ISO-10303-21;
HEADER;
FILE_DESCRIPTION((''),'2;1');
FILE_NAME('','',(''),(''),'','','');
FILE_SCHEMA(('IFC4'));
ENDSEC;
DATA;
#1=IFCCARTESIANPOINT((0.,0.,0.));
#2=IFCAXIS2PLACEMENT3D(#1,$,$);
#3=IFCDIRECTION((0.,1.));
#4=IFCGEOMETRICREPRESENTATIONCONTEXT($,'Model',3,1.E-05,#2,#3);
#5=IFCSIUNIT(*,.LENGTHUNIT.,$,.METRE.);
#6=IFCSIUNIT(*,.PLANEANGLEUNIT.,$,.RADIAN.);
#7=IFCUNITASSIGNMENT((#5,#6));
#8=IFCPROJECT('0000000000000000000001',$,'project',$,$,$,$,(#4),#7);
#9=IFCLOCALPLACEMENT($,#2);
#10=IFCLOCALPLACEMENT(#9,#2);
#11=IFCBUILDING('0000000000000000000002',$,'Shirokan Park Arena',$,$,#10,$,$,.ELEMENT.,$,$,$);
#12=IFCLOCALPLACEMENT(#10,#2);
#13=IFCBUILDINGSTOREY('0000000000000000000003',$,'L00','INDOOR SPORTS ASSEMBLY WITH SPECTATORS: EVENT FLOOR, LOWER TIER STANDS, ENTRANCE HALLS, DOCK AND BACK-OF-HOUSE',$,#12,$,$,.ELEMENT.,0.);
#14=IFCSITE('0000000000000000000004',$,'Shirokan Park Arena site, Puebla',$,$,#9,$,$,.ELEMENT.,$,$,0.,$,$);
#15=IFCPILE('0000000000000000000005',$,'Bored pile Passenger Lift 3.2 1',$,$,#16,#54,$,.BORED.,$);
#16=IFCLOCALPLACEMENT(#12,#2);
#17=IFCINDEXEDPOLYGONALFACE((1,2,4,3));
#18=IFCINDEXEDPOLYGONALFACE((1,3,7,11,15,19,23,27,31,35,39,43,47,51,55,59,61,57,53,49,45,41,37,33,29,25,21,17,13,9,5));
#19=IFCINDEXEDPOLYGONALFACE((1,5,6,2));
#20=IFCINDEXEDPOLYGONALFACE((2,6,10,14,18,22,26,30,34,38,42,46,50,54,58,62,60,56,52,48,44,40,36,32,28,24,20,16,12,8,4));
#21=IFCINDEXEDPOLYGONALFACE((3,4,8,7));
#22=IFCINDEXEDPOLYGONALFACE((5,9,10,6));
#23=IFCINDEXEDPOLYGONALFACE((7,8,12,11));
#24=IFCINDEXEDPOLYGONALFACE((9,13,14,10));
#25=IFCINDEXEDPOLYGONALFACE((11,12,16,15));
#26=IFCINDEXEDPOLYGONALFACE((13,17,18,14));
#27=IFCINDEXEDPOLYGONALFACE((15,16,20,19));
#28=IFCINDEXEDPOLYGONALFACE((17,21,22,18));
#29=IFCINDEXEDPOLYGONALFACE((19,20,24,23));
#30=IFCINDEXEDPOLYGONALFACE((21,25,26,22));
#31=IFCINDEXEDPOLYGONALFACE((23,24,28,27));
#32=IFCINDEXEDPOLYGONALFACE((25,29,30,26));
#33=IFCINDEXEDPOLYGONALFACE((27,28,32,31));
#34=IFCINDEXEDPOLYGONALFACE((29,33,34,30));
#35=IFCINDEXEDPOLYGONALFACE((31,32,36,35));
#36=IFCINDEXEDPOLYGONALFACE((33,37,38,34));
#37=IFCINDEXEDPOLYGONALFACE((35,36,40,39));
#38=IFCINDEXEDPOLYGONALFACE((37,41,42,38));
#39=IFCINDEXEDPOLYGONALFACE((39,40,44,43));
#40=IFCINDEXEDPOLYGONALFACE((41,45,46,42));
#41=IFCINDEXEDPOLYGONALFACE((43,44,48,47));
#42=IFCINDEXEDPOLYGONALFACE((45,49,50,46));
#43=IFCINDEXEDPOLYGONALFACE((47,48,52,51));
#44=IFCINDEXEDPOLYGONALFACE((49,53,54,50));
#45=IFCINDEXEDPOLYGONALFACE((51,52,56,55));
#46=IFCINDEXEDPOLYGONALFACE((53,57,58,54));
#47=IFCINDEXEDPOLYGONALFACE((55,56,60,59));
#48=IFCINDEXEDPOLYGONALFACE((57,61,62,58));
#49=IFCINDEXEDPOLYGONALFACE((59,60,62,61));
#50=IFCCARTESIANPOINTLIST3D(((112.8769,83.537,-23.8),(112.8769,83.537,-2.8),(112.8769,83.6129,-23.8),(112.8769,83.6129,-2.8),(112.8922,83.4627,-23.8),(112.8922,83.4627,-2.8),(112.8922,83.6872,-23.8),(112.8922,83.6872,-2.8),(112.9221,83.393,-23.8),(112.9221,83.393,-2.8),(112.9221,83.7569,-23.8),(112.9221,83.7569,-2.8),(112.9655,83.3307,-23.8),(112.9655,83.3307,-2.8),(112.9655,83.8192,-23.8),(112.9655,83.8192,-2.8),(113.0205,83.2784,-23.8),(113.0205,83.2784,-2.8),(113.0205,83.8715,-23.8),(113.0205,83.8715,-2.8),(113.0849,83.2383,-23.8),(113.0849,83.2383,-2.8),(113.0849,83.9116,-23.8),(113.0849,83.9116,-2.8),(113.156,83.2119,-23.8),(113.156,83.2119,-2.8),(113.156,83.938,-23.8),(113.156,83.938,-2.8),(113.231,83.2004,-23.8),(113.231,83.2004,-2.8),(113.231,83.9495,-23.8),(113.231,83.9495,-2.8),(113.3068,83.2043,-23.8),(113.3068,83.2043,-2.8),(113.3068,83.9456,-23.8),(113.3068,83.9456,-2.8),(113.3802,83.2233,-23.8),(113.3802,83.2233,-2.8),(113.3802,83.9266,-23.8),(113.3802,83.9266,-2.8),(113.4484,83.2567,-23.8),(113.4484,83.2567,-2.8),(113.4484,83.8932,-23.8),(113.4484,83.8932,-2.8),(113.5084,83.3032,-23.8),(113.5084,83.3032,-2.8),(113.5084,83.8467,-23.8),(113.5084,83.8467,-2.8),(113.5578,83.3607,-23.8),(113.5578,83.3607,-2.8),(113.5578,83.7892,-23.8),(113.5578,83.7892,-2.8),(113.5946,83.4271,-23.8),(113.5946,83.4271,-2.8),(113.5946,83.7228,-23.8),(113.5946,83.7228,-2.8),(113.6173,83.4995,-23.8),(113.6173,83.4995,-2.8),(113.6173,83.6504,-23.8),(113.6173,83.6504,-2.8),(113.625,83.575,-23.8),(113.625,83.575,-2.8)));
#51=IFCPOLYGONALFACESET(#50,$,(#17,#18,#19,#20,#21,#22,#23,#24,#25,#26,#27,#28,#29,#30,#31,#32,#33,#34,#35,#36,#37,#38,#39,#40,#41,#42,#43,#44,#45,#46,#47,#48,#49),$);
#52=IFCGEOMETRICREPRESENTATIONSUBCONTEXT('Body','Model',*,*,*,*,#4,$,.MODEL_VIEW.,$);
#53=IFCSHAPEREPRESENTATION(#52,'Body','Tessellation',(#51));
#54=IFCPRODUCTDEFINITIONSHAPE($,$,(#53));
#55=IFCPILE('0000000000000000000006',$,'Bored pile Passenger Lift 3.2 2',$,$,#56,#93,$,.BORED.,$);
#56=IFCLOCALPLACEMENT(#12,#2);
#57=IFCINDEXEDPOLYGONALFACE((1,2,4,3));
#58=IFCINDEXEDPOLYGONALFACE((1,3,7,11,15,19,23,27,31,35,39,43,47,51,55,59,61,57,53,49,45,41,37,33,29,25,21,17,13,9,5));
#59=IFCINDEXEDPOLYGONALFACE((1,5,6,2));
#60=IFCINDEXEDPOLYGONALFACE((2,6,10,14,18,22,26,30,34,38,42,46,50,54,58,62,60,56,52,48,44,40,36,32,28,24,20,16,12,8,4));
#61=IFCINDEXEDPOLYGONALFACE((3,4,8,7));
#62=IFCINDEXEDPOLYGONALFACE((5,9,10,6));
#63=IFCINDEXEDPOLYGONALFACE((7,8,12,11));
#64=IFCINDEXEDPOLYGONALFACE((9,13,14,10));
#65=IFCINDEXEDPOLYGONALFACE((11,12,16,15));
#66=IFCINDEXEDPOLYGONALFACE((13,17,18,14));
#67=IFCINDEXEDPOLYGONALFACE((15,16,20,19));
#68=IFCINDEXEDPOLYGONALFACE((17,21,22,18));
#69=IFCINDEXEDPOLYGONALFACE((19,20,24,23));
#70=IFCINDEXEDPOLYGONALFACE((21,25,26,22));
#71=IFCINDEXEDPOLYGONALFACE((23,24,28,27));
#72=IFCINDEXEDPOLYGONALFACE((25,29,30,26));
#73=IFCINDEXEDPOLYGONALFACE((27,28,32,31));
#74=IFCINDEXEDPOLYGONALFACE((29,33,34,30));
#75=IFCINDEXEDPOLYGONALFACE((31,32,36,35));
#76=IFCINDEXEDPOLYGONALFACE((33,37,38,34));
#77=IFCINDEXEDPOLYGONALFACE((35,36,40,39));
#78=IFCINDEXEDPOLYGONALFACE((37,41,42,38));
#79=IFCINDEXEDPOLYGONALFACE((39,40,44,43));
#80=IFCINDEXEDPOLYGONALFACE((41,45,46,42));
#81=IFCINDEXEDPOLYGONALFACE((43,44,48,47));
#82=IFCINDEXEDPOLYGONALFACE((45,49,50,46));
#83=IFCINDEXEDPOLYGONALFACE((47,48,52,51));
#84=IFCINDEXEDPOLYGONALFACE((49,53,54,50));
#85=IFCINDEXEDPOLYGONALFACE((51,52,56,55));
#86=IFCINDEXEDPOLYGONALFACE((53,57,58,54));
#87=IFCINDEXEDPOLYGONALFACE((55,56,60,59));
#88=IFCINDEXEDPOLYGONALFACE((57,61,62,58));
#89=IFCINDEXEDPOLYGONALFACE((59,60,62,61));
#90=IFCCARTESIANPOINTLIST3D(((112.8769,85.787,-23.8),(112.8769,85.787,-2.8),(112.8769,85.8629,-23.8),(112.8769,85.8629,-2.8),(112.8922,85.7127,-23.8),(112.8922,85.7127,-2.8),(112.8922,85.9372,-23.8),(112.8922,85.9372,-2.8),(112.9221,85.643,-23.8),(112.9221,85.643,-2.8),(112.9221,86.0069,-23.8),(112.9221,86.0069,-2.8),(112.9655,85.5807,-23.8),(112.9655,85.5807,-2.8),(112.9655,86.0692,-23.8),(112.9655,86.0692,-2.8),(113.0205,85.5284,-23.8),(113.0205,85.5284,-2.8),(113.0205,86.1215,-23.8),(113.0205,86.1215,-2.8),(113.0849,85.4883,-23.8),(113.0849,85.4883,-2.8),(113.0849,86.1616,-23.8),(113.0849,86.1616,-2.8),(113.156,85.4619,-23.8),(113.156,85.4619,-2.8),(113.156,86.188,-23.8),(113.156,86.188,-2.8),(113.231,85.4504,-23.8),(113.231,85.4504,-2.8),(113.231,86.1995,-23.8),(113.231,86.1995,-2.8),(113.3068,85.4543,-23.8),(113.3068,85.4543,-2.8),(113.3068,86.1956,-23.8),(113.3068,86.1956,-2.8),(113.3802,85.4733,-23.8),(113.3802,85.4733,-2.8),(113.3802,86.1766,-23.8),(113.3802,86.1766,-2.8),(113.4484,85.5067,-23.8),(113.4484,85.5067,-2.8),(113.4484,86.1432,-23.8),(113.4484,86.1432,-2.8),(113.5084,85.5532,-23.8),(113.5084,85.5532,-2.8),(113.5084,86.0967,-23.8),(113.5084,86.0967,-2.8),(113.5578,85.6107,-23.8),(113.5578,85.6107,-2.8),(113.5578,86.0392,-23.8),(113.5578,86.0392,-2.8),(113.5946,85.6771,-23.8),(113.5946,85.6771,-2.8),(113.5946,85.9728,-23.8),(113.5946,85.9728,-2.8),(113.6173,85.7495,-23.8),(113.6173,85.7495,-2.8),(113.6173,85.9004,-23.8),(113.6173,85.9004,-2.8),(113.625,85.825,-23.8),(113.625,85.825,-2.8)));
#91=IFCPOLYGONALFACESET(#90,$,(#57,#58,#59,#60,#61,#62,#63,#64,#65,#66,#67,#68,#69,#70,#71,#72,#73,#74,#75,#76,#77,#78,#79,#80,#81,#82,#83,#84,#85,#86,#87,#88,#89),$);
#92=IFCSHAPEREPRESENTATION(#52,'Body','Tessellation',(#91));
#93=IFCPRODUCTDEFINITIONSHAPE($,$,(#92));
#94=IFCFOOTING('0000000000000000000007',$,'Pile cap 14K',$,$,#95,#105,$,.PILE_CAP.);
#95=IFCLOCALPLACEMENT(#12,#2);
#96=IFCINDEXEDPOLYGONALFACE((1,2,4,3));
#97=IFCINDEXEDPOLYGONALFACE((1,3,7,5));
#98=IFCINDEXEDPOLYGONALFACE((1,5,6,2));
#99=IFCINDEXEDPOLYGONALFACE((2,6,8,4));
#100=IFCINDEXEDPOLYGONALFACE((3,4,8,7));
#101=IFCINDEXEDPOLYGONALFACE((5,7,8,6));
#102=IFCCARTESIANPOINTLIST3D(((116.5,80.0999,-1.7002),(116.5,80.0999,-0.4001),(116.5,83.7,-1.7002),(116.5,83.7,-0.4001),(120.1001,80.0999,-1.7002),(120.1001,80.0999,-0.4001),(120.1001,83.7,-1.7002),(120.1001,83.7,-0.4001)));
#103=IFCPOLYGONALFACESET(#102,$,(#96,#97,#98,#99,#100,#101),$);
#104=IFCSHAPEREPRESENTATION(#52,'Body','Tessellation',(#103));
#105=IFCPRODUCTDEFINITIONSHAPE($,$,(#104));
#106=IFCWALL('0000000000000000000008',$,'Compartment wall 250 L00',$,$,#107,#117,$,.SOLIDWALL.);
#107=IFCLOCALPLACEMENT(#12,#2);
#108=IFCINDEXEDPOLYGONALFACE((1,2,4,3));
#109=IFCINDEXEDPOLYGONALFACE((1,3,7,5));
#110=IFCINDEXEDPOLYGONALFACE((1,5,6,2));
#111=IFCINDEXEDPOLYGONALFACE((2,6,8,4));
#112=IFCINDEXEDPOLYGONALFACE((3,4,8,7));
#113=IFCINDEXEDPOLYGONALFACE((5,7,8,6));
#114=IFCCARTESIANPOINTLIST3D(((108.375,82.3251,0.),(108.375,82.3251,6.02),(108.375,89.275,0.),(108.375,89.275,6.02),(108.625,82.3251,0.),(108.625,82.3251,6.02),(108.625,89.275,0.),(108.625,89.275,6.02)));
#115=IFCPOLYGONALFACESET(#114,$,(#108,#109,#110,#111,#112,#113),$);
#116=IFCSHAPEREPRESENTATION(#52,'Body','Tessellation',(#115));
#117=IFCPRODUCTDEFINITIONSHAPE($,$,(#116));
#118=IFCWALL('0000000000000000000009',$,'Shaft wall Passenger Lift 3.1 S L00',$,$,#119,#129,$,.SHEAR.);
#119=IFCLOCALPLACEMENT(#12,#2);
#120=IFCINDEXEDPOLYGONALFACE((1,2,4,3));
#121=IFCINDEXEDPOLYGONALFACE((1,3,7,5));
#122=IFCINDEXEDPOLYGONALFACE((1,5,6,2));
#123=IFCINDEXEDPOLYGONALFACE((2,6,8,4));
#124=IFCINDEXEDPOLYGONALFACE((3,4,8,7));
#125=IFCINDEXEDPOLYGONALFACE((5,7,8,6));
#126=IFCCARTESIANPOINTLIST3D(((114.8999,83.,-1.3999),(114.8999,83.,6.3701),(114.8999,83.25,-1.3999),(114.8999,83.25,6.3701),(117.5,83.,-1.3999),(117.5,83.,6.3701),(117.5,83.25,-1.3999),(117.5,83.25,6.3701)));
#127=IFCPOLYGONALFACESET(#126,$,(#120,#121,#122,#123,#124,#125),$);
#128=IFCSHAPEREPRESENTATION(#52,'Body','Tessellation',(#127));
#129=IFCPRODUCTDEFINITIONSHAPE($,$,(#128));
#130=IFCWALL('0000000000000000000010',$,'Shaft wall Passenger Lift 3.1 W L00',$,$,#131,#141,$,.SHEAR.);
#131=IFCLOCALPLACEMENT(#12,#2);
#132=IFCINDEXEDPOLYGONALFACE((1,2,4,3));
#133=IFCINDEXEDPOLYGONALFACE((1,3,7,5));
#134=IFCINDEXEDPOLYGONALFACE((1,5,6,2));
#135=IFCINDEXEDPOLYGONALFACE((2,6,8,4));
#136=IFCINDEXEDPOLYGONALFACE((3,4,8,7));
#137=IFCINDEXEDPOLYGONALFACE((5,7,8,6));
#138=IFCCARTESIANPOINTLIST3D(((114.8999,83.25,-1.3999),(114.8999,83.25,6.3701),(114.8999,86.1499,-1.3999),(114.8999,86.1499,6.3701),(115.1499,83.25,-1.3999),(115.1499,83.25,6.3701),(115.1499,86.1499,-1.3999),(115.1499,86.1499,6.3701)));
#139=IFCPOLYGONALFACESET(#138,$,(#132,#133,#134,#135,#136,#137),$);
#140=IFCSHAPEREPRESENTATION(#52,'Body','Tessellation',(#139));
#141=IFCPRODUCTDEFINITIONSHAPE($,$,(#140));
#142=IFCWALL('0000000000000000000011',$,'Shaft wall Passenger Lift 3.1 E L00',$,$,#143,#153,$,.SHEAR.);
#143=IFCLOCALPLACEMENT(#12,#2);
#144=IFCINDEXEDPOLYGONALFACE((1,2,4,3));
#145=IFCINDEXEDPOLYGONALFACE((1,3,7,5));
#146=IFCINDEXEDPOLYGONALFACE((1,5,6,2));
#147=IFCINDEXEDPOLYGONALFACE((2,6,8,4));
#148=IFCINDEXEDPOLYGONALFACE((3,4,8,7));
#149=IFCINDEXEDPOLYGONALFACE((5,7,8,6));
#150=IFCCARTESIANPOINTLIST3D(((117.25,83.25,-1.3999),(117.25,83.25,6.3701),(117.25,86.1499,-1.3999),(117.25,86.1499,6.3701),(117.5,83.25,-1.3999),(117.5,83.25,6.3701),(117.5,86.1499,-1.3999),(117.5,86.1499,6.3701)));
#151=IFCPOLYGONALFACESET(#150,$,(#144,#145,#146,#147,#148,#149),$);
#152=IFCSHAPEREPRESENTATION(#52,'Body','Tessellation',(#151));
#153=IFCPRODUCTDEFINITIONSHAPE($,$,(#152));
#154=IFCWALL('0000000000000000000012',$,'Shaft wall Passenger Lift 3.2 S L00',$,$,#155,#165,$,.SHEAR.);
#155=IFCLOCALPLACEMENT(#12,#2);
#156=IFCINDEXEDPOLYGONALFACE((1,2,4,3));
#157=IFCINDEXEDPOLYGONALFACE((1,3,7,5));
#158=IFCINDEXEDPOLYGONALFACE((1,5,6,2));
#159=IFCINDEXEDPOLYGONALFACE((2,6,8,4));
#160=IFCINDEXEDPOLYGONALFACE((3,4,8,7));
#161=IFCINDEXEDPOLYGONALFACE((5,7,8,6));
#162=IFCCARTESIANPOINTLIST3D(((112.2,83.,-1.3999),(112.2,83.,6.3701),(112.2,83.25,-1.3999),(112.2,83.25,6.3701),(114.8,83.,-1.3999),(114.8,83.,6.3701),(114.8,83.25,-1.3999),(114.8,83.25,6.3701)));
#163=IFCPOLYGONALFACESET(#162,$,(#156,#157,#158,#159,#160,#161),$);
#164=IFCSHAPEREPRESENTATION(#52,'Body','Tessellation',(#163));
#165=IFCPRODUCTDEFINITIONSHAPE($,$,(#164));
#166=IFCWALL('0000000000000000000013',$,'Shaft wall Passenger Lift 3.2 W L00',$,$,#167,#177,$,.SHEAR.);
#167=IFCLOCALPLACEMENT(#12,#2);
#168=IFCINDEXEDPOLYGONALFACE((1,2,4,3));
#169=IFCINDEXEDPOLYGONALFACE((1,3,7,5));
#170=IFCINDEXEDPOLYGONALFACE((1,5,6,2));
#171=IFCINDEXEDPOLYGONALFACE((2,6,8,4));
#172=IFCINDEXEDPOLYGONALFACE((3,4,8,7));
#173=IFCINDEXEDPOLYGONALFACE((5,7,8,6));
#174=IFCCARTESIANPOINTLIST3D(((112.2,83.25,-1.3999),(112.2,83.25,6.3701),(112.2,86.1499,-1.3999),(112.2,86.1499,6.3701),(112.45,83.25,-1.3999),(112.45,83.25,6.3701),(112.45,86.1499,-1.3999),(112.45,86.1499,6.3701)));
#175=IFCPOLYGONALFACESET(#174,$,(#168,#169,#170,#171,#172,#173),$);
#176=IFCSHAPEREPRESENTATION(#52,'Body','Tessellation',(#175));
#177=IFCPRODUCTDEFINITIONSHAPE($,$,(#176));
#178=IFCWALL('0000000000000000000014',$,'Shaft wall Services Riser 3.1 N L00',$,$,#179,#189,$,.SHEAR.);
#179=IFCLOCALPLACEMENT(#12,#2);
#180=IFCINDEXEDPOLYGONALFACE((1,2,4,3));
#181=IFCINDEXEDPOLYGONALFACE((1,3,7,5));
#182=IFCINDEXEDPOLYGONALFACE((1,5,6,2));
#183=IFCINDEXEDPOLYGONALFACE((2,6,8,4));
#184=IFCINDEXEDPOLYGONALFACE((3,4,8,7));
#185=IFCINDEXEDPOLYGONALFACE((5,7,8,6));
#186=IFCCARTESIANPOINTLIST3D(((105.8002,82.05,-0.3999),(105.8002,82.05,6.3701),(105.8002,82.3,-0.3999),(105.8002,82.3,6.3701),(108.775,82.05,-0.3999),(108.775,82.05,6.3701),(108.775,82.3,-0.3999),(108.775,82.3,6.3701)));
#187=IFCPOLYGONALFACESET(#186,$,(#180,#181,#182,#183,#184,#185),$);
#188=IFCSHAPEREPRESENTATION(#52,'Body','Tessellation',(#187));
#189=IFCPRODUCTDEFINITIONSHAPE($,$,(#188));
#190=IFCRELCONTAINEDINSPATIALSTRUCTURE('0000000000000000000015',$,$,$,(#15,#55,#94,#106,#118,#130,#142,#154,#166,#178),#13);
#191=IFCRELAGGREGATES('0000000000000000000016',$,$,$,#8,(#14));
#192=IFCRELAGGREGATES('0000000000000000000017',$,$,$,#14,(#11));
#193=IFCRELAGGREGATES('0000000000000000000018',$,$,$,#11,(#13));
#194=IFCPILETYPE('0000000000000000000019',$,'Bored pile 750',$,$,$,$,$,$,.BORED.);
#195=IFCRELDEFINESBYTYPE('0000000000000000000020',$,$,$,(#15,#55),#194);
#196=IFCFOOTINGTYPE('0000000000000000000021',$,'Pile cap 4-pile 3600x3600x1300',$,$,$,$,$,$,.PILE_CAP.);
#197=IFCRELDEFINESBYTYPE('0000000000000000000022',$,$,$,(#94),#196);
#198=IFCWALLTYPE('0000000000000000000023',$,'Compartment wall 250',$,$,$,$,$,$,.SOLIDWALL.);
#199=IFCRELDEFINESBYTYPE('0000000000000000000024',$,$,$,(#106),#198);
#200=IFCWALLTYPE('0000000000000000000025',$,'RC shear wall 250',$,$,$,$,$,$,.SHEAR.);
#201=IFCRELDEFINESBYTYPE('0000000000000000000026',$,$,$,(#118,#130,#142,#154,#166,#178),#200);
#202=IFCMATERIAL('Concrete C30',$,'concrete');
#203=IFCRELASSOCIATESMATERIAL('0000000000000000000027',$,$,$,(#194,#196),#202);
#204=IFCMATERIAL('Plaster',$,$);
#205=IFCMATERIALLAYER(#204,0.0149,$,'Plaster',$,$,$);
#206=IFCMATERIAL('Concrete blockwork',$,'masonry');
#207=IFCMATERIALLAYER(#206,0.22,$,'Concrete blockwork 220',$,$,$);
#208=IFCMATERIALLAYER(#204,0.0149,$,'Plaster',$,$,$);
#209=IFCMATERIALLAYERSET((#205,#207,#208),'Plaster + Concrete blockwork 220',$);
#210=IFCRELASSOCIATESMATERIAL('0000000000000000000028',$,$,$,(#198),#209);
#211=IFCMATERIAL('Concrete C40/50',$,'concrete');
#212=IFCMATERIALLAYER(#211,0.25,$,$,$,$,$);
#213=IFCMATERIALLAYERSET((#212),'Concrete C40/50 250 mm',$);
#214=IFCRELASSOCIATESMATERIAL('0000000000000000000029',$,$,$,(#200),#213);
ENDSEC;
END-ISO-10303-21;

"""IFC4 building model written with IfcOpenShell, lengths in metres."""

from ifc_helpers import new_model, si_unit, direction, frame, frame_2d, origin, origin_2d, place, context, subcontext, project, spatial, rectangle, circle, extrude, material, layer, layer_set, material_profile, profile_set, type_object, element, save


model = new_model("IFC4")

# Units and contexts
model_context = context("Model", 3, precision=1e-05, world=origin(), true_north=direction((0.0, 1.0)))
body_context = subcontext(model_context, "Body", "Model", "MODEL_VIEW")
ifc_project = project(units=[si_unit("LENGTHUNIT", "METRE"), si_unit("PLANEANGLEUNIT", "RADIAN")], contexts=[model_context])

# Site, building, storey
site_placement = place(None, origin())
site = spatial("IfcSite", under=ifc_project, at=site_placement, Name="Shirokan Park Arena site, Puebla", CompositionType="ELEMENT", RefElevation=0.0)
building_placement = place(site_placement, origin())
building = spatial("IfcBuilding", under=site, at=building_placement, Name="Shirokan Park Arena", CompositionType="ELEMENT")
storey_placement = place(building_placement, origin())
storey = spatial("IfcBuildingStorey", under=building, at=storey_placement, Name="L00", Description="INDOOR SPORTS ASSEMBLY WITH SPECTATORS: EVENT FLOOR, LOWER TIER STANDS, ENTRANCE HALLS, DOCK AND BACK-OF-HOUSE", CompositionType="ELEMENT", Elevation=0.0)

# Piles
ifc_material_1 = material(Name="Concrete C30", Category="concrete")
ifc_material_profile_1 = material_profile(ifc_material_1, circle(Radius=0.375, at=origin_2d()), Name="D750")
ifc_profile_set_1 = profile_set([ifc_material_profile_1], Name="Concrete C30")
pile_type_1 = type_object("IfcPileType", Name="Bored pile 750", PredefinedType="BORED", material=ifc_profile_set_1)
for number, where, z_axis, x_axis, name in (
    (1, (113.25, 83.575, -2.8), (0.0, 0.0, -1.0), (1.0, 0.0, 0.0), "Bored pile Passenger Lift 3.2 1"),
    (2, (113.25, 85.825, -2.8), (0.0, 0.0, -1.0), (1.0, 0.0, 0.0), "Bored pile Passenger Lift 3.2 2"),
):
    element("IfcPile", number, at=place(storey_placement, frame(where, z_axis=z_axis, x_axis=x_axis)), inside=storey, type_object=pile_type_1, Name=name, PredefinedType="BORED", context=body_context, shape_type="SweptSolid", body=[
        extrude(circle(Radius=0.375, at=origin_2d()), origin(), (0.0, 0.0, 1.0), 21.0),
    ])

# Footing
footing_type = type_object("IfcFootingType", Name="Pile cap 4-pile 3600x3600x1300", PredefinedType="PILE_CAP", material=ifc_material_1)
footing_placement = place(storey_placement, frame((118.3, 81.8999, -1.7002), z_axis=(0.0, 0.0, 1.0), x_axis=(1.0, 0.0, 0.0)))
element("IfcFooting", 3, at=footing_placement, inside=storey, type_object=footing_type, Name="Pile cap 14K", PredefinedType="PILE_CAP", context=body_context, shape_type="SweptSolid", body=[
    extrude(rectangle(XDim=3.6001, YDim=3.6001, at=origin_2d()), origin(), (0.0, 0.0, 1.0), 1.3),
])

# Walls
ifc_material_2 = material(Name="Plaster")
ifc_layer_1 = layer(ifc_material_2, 0.0149, Name="Plaster")
ifc_material_3 = material(Name="Concrete blockwork", Category="masonry")
ifc_layer_2 = layer(ifc_material_3, 0.22, Name="Concrete blockwork 220")
ifc_layer_3 = layer(ifc_material_2, 0.0149, Name="Plaster")
ifc_layer_set_1 = layer_set([ifc_layer_1, ifc_layer_2, ifc_layer_3], Name="Plaster + Concrete blockwork 220")
wall_type_1 = type_object("IfcWallType", Name="Compartment wall 250", PredefinedType="SOLIDWALL", material=ifc_layer_set_1)
wall_1_placement = place(storey_placement, frame((108.5, 82.325, 0.0), z_axis=(0.0, 0.0, 1.0), x_axis=(0.0, 1.0, 0.0)))
element("IfcWall", 4, at=wall_1_placement, inside=storey, type_object=wall_type_1, Name="Compartment wall 250 L00", PredefinedType="SOLIDWALL", context=body_context, shape_type="SweptSolid", body=[
    extrude(rectangle(XDim=6.95, YDim=0.25, at=frame_2d((3.4751, 0.0))), origin(), (0.0, 0.0, 1.0), 6.02),
])
ifc_material_4 = material(Name="Concrete C40/50", Category="concrete")
ifc_layer_4 = layer(ifc_material_4, 0.25)
ifc_layer_set_2 = layer_set([ifc_layer_4], Name="Concrete C40/50 250 mm")
wall_type_2 = type_object("IfcWallType", Name="RC shear wall 250", PredefinedType="SHEAR", material=ifc_layer_set_2)
wall_2_placement = place(storey_placement, frame((117.5, 83.125, -1.3999), z_axis=(0.0, 0.0, 1.0), x_axis=(-1.0, 0.0, 0.0)))
element("IfcWall", 5, at=wall_2_placement, inside=storey, type_object=wall_type_2, Name="Shaft wall Passenger Lift 3.1 S L00", PredefinedType="SHEAR", context=body_context, shape_type="SweptSolid", body=[
    extrude(rectangle(XDim=2.6001, YDim=0.25, at=frame_2d((1.3, 0.0))), origin(), (0.0, 0.0, 1.0), 7.77),
])
for number, where, z_axis, x_axis, name in (
    (6, (115.0249, 86.1499, -1.3999), (0.0, 0.0, 1.0), (0.0, -1.0, 0.0), "Shaft wall Passenger Lift 3.1 W L00"),
    (7, (117.375, 86.1499, -1.3999), (0.0, 0.0, 1.0), (0.0, -1.0, 0.0), "Shaft wall Passenger Lift 3.1 E L00"),
):
    element("IfcWall", number, at=place(storey_placement, frame(where, z_axis=z_axis, x_axis=x_axis)), inside=storey, type_object=wall_type_2, Name=name, PredefinedType="SHEAR", context=body_context, shape_type="SweptSolid", body=[
        extrude(rectangle(XDim=2.8999, YDim=0.25, at=frame_2d((1.45, 0.0))), origin(), (0.0, 0.0, 1.0), 7.77),
    ])
wall_3_placement = place(storey_placement, frame((114.8, 83.125, -1.3999), z_axis=(0.0, 0.0, 1.0), x_axis=(-1.0, 0.0, 0.0)))
element("IfcWall", 8, at=wall_3_placement, inside=storey, type_object=wall_type_2, Name="Shaft wall Passenger Lift 3.2 S L00", PredefinedType="SHEAR", context=body_context, shape_type="SweptSolid", body=[
    extrude(rectangle(XDim=2.6001, YDim=0.25, at=frame_2d((1.3, 0.0))), origin(), (0.0, 0.0, 1.0), 7.77),
])
wall_4_placement = place(storey_placement, frame((112.325, 86.1499, -1.3999), z_axis=(0.0, 0.0, 1.0), x_axis=(0.0, -1.0, 0.0)))
element("IfcWall", 9, at=wall_4_placement, inside=storey, type_object=wall_type_2, Name="Shaft wall Passenger Lift 3.2 W L00", PredefinedType="SHEAR", context=body_context, shape_type="SweptSolid", body=[
    extrude(rectangle(XDim=2.8999, YDim=0.25, at=frame_2d((1.45, 0.0))), origin(), (0.0, 0.0, 1.0), 7.77),
])
wall_5_placement = place(storey_placement, frame((108.7749, 82.175, -0.3999), z_axis=(0.0, 0.0, 1.0), x_axis=(-1.0, 0.0, 0.0)))
element("IfcWall", 10, at=wall_5_placement, inside=storey, type_object=wall_type_2, Name="Shaft wall Services Riser 3.1 N L00", PredefinedType="SHEAR", context=body_context, shape_type="SweptSolid", body=[
    extrude(rectangle(XDim=2.9749, YDim=0.25, at=frame_2d((1.4873, 0.0))), origin(), (0.0, 0.0, 1.0), 6.77),
])

save(model, "model.ifc")
